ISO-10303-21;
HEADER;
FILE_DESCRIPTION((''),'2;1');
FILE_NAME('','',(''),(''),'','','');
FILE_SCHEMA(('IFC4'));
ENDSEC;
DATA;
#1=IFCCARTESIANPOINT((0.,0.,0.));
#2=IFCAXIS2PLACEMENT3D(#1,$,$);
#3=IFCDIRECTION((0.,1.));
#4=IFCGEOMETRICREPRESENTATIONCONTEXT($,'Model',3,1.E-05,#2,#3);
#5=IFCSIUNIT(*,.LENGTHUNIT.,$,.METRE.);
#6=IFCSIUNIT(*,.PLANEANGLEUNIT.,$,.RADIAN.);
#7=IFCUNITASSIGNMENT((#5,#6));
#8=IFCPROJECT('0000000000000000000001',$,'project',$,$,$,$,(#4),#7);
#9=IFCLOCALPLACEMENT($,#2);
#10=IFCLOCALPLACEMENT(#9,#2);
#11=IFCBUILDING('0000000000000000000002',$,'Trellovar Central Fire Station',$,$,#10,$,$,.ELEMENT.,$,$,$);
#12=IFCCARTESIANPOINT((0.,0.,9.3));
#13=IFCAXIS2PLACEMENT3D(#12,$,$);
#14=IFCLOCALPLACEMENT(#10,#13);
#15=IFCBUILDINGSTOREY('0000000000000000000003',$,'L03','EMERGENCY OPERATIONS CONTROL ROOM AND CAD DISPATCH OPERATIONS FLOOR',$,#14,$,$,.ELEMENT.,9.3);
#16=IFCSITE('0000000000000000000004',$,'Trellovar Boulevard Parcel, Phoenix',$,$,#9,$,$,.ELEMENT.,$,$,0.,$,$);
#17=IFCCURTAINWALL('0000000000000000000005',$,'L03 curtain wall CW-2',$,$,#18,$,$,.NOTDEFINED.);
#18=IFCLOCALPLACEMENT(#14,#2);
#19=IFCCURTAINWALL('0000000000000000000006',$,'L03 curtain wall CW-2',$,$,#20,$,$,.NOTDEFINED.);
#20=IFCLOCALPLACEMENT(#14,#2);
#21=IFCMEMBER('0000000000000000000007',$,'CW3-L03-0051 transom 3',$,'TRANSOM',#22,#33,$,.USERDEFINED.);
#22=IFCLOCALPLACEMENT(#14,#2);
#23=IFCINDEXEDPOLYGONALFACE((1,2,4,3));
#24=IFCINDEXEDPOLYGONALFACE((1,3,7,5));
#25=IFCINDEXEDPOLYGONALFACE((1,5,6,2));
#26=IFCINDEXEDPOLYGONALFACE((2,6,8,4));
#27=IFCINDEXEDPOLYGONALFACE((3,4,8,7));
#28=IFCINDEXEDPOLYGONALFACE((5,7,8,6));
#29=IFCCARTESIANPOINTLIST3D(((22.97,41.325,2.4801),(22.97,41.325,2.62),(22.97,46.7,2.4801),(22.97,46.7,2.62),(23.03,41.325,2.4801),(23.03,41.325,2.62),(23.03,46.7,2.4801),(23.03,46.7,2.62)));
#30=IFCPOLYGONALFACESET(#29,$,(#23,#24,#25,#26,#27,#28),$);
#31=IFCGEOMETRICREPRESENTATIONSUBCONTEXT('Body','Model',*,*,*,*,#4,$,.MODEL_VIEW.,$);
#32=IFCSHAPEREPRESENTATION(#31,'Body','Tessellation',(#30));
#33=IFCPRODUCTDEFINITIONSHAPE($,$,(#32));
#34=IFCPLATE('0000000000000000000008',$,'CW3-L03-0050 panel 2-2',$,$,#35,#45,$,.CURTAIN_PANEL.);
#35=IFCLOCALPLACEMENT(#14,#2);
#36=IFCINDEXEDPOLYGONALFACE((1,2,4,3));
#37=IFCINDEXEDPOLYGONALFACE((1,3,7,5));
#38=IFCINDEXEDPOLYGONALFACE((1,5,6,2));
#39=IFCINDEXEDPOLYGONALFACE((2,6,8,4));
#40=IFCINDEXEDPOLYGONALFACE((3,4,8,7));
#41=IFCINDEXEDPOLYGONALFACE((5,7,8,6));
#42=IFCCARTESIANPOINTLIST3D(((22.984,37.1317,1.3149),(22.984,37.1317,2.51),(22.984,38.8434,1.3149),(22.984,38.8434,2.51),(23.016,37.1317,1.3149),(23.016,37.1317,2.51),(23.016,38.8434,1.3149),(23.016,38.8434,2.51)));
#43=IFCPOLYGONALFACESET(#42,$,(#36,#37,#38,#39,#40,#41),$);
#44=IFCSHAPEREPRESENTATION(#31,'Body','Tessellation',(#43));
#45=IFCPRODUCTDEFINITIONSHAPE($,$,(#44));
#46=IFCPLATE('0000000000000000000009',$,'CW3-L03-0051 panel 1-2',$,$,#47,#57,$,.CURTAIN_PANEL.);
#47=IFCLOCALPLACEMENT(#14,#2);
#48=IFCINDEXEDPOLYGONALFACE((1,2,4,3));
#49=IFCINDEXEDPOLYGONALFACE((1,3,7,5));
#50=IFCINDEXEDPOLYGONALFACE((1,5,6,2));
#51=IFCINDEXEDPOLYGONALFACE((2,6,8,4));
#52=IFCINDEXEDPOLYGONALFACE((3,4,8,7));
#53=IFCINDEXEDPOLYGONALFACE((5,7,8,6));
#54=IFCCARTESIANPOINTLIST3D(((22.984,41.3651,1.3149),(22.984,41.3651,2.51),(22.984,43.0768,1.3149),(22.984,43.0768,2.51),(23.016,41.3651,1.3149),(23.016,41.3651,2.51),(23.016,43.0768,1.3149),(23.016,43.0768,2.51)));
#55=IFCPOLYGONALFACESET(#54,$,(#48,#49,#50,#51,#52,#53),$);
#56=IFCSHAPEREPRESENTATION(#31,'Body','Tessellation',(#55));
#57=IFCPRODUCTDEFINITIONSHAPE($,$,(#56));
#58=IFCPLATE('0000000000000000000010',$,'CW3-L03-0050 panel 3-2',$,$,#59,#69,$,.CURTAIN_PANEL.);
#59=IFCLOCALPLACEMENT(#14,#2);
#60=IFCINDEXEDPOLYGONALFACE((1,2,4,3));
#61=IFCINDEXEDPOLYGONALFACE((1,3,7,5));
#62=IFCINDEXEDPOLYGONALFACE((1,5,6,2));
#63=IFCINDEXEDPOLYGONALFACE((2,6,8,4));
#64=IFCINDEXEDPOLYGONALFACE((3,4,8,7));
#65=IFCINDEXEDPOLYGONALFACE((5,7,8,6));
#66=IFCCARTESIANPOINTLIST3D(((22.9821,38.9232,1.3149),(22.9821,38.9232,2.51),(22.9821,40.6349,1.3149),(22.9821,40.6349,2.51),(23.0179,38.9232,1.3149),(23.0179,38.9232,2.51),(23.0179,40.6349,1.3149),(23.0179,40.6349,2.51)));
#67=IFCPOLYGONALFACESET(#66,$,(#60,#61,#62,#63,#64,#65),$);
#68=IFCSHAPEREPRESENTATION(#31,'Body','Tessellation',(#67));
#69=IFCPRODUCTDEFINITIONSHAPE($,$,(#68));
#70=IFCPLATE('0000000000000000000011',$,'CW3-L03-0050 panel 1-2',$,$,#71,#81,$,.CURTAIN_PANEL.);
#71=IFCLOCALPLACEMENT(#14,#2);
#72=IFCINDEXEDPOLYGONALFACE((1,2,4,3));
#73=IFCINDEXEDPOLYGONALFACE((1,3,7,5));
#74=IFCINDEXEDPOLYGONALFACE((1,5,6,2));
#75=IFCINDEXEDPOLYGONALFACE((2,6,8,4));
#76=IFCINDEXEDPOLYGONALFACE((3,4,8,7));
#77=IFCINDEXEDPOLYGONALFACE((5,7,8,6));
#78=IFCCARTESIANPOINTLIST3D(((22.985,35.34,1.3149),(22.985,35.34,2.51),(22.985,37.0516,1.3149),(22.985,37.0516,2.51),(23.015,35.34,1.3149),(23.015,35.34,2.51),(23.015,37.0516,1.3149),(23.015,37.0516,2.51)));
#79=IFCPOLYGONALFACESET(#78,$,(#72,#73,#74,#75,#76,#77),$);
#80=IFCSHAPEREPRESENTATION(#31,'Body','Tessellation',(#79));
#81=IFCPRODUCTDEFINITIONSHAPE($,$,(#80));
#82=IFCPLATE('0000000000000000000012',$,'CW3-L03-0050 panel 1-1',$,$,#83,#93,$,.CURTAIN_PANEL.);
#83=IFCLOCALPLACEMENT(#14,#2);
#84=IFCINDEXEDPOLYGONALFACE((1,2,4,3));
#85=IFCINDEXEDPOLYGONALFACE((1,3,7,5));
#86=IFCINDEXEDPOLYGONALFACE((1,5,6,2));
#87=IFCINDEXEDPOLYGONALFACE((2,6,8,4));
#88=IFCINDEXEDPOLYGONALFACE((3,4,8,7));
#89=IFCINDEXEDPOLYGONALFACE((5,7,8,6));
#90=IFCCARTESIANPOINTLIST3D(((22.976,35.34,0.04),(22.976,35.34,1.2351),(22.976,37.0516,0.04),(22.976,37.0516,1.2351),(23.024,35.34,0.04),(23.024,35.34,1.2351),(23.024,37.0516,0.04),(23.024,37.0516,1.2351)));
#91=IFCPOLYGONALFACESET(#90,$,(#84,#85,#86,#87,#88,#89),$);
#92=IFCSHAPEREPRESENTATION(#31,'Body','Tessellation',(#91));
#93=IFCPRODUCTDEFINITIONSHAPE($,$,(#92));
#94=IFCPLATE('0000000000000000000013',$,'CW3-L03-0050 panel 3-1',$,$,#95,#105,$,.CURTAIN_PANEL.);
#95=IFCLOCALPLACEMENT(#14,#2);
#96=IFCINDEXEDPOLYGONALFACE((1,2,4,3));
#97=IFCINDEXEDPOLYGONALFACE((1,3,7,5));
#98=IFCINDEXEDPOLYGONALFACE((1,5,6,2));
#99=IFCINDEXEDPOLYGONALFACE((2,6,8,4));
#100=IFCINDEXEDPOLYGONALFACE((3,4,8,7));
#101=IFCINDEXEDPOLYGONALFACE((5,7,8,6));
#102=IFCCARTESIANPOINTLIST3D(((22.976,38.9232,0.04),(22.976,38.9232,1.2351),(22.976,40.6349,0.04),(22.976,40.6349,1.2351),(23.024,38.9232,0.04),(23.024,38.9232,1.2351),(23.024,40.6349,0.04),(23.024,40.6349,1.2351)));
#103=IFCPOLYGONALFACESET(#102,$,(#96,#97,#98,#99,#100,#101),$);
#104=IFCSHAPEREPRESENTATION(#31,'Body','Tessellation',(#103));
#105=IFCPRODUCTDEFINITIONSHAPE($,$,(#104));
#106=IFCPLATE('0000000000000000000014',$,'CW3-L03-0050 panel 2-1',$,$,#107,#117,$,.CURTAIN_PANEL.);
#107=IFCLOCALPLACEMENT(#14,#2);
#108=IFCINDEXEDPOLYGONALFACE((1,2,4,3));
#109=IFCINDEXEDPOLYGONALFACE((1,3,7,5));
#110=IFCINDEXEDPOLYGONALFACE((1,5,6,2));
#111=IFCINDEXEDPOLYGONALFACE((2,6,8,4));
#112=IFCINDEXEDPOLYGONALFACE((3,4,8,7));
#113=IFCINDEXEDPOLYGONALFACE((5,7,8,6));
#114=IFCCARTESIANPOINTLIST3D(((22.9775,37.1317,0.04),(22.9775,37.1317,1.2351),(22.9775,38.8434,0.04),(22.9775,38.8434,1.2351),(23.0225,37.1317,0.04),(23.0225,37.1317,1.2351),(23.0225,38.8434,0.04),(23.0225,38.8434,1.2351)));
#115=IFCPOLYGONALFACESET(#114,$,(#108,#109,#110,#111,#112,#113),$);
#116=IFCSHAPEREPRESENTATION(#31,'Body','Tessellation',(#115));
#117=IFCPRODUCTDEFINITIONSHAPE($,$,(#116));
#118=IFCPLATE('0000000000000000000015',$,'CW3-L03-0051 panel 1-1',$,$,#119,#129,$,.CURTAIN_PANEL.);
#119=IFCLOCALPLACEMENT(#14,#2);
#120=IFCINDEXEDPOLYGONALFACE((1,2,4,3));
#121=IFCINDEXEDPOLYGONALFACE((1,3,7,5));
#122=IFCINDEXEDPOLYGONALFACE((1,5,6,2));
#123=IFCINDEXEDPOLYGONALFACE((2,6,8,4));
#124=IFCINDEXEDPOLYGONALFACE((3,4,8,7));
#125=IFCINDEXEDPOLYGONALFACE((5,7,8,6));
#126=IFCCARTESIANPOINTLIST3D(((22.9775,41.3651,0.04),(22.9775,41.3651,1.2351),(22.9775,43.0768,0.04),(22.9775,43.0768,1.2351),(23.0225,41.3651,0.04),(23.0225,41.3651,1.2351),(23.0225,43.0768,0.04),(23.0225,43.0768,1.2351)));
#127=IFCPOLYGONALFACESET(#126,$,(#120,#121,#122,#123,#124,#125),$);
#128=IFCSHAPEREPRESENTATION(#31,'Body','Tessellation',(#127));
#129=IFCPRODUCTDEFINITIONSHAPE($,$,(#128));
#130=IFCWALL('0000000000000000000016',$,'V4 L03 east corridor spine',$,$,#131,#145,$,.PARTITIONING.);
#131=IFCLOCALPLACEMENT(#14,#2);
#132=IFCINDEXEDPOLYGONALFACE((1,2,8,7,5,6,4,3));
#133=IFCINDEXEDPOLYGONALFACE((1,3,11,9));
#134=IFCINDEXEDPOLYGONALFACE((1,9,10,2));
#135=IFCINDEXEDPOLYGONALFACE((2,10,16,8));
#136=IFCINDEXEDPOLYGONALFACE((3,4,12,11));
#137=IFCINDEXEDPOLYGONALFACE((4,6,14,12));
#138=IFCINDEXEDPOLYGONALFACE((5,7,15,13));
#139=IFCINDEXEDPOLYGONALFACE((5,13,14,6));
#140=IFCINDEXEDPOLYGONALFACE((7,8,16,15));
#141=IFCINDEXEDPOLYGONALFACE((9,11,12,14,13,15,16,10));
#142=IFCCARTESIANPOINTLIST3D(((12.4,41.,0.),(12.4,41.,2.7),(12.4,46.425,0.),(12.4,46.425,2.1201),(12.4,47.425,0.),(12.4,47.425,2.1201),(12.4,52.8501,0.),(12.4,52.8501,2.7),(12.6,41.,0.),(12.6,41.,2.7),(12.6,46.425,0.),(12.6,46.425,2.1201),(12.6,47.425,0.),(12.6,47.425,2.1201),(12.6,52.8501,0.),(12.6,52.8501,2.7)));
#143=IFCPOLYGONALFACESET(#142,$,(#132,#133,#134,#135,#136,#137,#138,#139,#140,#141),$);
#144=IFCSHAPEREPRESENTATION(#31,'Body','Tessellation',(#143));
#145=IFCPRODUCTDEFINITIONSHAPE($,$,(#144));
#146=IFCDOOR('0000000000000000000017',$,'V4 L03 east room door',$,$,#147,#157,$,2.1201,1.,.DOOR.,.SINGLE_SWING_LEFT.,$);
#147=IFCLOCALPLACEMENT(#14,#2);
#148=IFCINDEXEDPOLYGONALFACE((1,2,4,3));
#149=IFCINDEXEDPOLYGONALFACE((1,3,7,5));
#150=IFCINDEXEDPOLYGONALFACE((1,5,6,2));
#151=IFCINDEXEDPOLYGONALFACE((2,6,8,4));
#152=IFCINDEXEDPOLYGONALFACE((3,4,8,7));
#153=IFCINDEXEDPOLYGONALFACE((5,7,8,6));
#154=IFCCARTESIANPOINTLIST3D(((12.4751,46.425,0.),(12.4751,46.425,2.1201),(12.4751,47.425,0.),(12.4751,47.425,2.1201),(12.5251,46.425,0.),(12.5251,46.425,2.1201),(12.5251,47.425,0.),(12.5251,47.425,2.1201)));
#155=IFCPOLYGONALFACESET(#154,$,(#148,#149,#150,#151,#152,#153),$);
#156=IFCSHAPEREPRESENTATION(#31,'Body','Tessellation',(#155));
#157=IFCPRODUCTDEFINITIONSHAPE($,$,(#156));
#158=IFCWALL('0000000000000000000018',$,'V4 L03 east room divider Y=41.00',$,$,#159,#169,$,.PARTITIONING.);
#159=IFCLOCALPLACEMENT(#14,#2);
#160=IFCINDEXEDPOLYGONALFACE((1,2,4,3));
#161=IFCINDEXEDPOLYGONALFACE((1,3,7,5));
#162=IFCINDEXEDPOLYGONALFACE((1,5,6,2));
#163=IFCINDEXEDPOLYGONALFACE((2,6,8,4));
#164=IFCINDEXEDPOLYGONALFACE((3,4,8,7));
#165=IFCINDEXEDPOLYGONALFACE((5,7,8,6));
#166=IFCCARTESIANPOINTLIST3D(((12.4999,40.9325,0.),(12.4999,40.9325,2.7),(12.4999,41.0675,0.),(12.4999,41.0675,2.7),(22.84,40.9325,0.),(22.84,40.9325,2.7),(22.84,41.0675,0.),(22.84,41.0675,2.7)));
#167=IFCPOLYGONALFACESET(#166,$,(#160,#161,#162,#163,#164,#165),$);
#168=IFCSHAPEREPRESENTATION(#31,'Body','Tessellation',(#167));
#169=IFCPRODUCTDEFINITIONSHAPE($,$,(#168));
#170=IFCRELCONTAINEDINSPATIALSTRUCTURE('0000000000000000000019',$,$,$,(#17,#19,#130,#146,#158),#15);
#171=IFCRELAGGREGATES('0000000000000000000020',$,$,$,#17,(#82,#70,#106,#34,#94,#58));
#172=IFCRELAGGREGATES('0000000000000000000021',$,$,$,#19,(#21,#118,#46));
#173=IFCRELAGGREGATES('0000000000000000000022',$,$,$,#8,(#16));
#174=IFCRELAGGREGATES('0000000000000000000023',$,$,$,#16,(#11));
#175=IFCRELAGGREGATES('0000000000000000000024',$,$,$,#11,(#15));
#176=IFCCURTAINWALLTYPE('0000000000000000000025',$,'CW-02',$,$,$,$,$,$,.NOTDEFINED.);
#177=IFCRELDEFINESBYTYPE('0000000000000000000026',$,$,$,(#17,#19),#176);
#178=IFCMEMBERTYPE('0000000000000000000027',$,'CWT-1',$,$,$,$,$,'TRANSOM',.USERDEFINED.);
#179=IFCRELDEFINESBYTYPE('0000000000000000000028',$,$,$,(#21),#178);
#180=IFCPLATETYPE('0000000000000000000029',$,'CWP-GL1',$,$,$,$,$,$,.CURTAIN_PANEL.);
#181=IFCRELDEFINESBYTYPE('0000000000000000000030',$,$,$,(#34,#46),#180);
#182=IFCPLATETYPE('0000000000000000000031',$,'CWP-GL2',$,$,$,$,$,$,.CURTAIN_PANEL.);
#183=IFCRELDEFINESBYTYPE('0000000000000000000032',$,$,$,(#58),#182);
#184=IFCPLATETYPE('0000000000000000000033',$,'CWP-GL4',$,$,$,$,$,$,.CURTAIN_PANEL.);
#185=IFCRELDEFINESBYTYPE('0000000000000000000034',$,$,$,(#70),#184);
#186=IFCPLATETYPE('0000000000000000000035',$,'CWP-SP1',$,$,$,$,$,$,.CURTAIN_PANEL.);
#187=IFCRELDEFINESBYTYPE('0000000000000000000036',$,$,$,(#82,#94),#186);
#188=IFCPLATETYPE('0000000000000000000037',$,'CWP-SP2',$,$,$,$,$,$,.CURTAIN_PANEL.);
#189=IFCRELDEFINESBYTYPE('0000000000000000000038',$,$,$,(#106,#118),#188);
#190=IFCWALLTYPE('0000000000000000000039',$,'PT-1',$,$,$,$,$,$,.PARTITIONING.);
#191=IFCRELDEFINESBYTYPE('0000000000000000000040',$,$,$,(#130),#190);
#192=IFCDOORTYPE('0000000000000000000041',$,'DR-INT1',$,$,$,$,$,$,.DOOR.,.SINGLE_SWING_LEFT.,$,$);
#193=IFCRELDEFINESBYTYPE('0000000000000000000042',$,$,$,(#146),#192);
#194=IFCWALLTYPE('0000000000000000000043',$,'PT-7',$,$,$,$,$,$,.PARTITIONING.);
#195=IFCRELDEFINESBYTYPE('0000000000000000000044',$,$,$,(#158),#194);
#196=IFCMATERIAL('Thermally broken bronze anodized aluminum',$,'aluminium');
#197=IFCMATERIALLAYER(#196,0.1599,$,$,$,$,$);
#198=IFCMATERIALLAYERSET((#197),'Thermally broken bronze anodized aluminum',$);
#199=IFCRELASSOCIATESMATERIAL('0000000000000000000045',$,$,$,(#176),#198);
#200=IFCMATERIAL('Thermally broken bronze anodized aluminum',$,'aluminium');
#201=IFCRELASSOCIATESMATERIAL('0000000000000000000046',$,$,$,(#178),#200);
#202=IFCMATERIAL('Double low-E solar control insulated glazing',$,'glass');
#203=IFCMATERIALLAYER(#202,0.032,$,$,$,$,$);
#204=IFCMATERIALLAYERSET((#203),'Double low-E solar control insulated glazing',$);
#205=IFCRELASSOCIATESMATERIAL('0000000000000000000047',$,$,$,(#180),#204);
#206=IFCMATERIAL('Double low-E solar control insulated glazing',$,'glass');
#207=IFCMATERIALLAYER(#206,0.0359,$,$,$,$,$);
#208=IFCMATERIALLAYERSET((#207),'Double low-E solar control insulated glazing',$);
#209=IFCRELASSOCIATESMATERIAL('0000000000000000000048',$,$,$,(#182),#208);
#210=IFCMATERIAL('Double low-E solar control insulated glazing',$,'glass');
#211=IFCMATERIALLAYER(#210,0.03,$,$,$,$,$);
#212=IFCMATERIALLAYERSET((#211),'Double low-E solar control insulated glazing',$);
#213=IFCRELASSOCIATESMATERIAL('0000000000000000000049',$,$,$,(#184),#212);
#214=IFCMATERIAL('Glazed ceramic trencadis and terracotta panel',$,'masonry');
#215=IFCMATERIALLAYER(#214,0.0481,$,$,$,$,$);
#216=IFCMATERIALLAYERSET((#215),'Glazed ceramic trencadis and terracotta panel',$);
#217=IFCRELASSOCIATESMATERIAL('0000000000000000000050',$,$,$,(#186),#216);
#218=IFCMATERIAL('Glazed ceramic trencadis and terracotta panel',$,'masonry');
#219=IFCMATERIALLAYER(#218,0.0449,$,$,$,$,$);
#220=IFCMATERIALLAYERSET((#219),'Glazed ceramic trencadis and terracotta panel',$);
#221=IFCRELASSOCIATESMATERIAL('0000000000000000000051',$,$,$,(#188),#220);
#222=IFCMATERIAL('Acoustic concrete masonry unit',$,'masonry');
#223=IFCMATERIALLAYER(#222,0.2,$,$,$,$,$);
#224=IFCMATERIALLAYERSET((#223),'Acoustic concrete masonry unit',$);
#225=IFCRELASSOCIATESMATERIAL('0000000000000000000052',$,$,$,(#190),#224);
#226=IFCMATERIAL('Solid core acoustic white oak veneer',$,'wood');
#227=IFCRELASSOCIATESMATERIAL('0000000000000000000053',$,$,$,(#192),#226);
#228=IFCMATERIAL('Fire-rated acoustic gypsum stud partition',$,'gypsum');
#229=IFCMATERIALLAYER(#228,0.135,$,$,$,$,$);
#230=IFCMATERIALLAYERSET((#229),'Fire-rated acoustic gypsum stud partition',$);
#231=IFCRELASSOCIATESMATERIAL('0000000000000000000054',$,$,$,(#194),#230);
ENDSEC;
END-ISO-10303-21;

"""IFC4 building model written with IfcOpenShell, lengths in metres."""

from ifc_helpers import new_model, si_unit, direction, frame, frame_2d, origin, origin_2d, place, context, subcontext, project, spatial, rectangle, extrude, material, layer, layer_set, material_profile, profile_set, type_object, element, fill, aggregate, save


model = new_model("IFC4")

# Units and contexts
model_context = context("Model", 3, precision=1e-05, world=origin(), true_north=direction((0.0, 1.0)))
body_context = subcontext(model_context, "Body", "Model", "MODEL_VIEW")
ifc_project = project(units=[si_unit("LENGTHUNIT", "METRE"), si_unit("PLANEANGLEUNIT", "RADIAN")], contexts=[model_context])

# Site, building, storey
site_placement = place(None, origin())
site = spatial("IfcSite", under=ifc_project, at=site_placement, Name="Trellovar Boulevard Parcel, Phoenix", CompositionType="ELEMENT", RefElevation=0.0)
building_placement = place(site_placement, origin())
building = spatial("IfcBuilding", under=site, at=building_placement, Name="Trellovar Central Fire Station", CompositionType="ELEMENT")
storey_placement = place(building_placement, frame((0.0, 0.0, 9.3)))
storey = spatial("IfcBuildingStorey", under=building, at=storey_placement, Name="L03", Description="EMERGENCY OPERATIONS CONTROL ROOM AND CAD DISPATCH OPERATIONS FLOOR", CompositionType="ELEMENT", Elevation=9.3)

# Curtain walls
ifc_material_1 = material(Name="Thermally broken bronze anodized aluminum", Category="aluminium")
ifc_layer_1 = layer(ifc_material_1, 0.1599)
ifc_layer_set_1 = layer_set([ifc_layer_1], Name="Thermally broken bronze anodized aluminum")
curtain_wall_type = type_object("IfcCurtainWallType", Name="CW-02", PredefinedType="NOTDEFINED", material=ifc_layer_set_1)
curtain_wall_1_placement = place(storey_placement, origin())
curtain_wall_1 = element("IfcCurtainWall", 1, at=curtain_wall_1_placement, inside=storey, type_object=curtain_wall_type, Name="L03 curtain wall CW-2", PredefinedType="NOTDEFINED")
curtain_wall_2_placement = place(storey_placement, origin())
curtain_wall_2 = element("IfcCurtainWall", 2, at=curtain_wall_2_placement, inside=storey, type_object=curtain_wall_type, Name="L03 curtain wall CW-2", PredefinedType="NOTDEFINED")

# Member
ifc_material_2 = material(Name="Thermally broken bronze anodized aluminum", Category="aluminium")
ifc_material_profile_1 = material_profile(ifc_material_2, rectangle(XDim=0.0601, YDim=0.1399, at=origin_2d()), Name="ALU60X140")
ifc_profile_set_1 = profile_set([ifc_material_profile_1], Name="Thermally broken bronze anodized aluminum")
member_type_1 = type_object("IfcMemberType", Name="CWT-1", ElementType="TRANSOM", PredefinedType="USERDEFINED", material=ifc_profile_set_1)
member_1_placement = place(storey_placement, frame((23.0, 41.325, 2.55), z_axis=(0.0, 1.0, 0.0), x_axis=(-1.0, 0.0, 0.0)))
member_1 = element("IfcMember", 3, at=member_1_placement, type_object=member_type_1, Name="CW3-L03-0051 transom 3", ObjectType="TRANSOM", PredefinedType="USERDEFINED", context=body_context, shape_type="SweptSolid", body=[
    extrude(rectangle(XDim=0.0601, YDim=0.1399, at=origin_2d()), origin(), (0.0, 0.0, 1.0), 5.375),
])

# Plates
ifc_material_3 = material(Name="Double low-E solar control insulated glazing", Category="glass")
ifc_layer_2 = layer(ifc_material_3, 0.032)
ifc_layer_set_2 = layer_set([ifc_layer_2], Name="Double low-E solar control insulated glazing")
plate_type_1 = type_object("IfcPlateType", Name="CWP-GL1", PredefinedType="CURTAIN_PANEL", material=ifc_layer_set_2)
plate_1_placement = place(storey_placement, frame((23.0, 37.9875, 1.3149), z_axis=(0.0, 0.0, 1.0), x_axis=(0.0, 1.0, 0.0)))
plate_1 = element("IfcPlate", 4, at=plate_1_placement, type_object=plate_type_1, Name="CW3-L03-0050 panel 2-2", PredefinedType="CURTAIN_PANEL", context=body_context, shape_type="SweptSolid", body=[
    extrude(rectangle(XDim=1.7117, YDim=0.032, at=origin_2d()), origin(), (0.0, 0.0, 1.0), 1.1951),
])
plate_2_placement = place(storey_placement, frame((23.0, 42.2209, 1.3149), z_axis=(0.0, 0.0, 1.0), x_axis=(0.0, 1.0, 0.0)))
plate_2 = element("IfcPlate", 5, at=plate_2_placement, type_object=plate_type_1, Name="CW3-L03-0051 panel 1-2", PredefinedType="CURTAIN_PANEL", context=body_context, shape_type="SweptSolid", body=[
    extrude(rectangle(XDim=1.7117, YDim=0.032, at=origin_2d()), origin(), (0.0, 0.0, 1.0), 1.1951),
])
ifc_material_4 = material(Name="Double low-E solar control insulated glazing", Category="glass")
ifc_layer_3 = layer(ifc_material_4, 0.0359)
ifc_layer_set_3 = layer_set([ifc_layer_3], Name="Double low-E solar control insulated glazing")
plate_type_2 = type_object("IfcPlateType", Name="CWP-GL2", PredefinedType="CURTAIN_PANEL", material=ifc_layer_set_3)
plate_3_placement = place(storey_placement, frame((23.0, 39.7791, 1.3149), z_axis=(0.0, 0.0, 1.0), x_axis=(0.0, 1.0, 0.0)))
plate_3 = element("IfcPlate", 6, at=plate_3_placement, type_object=plate_type_2, Name="CW3-L03-0050 panel 3-2", PredefinedType="CURTAIN_PANEL", context=body_context, shape_type="SweptSolid", body=[
    extrude(rectangle(XDim=1.7117, YDim=0.0359, at=origin_2d()), origin(), (0.0, 0.0, 1.0), 1.1951),
])
ifc_material_5 = material(Name="Double low-E solar control insulated glazing", Category="glass")
ifc_layer_4 = layer(ifc_material_5, 0.03)
ifc_layer_set_4 = layer_set([ifc_layer_4], Name="Double low-E solar control insulated glazing")
plate_type_3 = type_object("IfcPlateType", Name="CWP-GL4", PredefinedType="CURTAIN_PANEL", material=ifc_layer_set_4)
plate_4_placement = place(storey_placement, frame((23.0, 36.1958, 1.3149), z_axis=(0.0, 0.0, 1.0), x_axis=(0.0, 1.0, 0.0)))
plate_4 = element("IfcPlate", 7, at=plate_4_placement, type_object=plate_type_3, Name="CW3-L03-0050 panel 1-2", PredefinedType="CURTAIN_PANEL", context=body_context, shape_type="SweptSolid", body=[
    extrude(rectangle(XDim=1.7117, YDim=0.03, at=origin_2d()), origin(), (0.0, 0.0, 1.0), 1.1951),
])
ifc_material_6 = material(Name="Glazed ceramic trencadis and terracotta panel", Category="masonry")
ifc_layer_5 = layer(ifc_material_6, 0.0481)
ifc_layer_set_5 = layer_set([ifc_layer_5], Name="Glazed ceramic trencadis and terracotta panel")
plate_type_4 = type_object("IfcPlateType", Name="CWP-SP1", PredefinedType="CURTAIN_PANEL", material=ifc_layer_set_5)
plate_5_placement = place(storey_placement, frame((23.0, 36.1958, 0.04), z_axis=(0.0, 0.0, 1.0), x_axis=(0.0, 1.0, 0.0)))
plate_5 = element("IfcPlate", 8, at=plate_5_placement, type_object=plate_type_4, Name="CW3-L03-0050 panel 1-1", PredefinedType="CURTAIN_PANEL", context=body_context, shape_type="SweptSolid", body=[
    extrude(rectangle(XDim=1.7117, YDim=0.0481, at=origin_2d()), origin(), (0.0, 0.0, 1.0), 1.1951),
])
plate_6_placement = place(storey_placement, frame((23.0, 39.7791, 0.04), z_axis=(0.0, 0.0, 1.0), x_axis=(0.0, 1.0, 0.0)))
plate_6 = element("IfcPlate", 9, at=plate_6_placement, type_object=plate_type_4, Name="CW3-L03-0050 panel 3-1", PredefinedType="CURTAIN_PANEL", context=body_context, shape_type="SweptSolid", body=[
    extrude(rectangle(XDim=1.7117, YDim=0.0481, at=origin_2d()), origin(), (0.0, 0.0, 1.0), 1.1951),
])
ifc_material_7 = material(Name="Glazed ceramic trencadis and terracotta panel", Category="masonry")
ifc_layer_6 = layer(ifc_material_7, 0.0449)
ifc_layer_set_6 = layer_set([ifc_layer_6], Name="Glazed ceramic trencadis and terracotta panel")
plate_type_5 = type_object("IfcPlateType", Name="CWP-SP2", PredefinedType="CURTAIN_PANEL", material=ifc_layer_set_6)
plate_7_placement = place(storey_placement, frame((23.0, 37.9875, 0.04), z_axis=(0.0, 0.0, 1.0), x_axis=(0.0, 1.0, 0.0)))
plate_7 = element("IfcPlate", 10, at=plate_7_placement, type_object=plate_type_5, Name="CW3-L03-0050 panel 2-1", PredefinedType="CURTAIN_PANEL", context=body_context, shape_type="SweptSolid", body=[
    extrude(rectangle(XDim=1.7117, YDim=0.0449, at=origin_2d()), origin(), (0.0, 0.0, 1.0), 1.1951),
])
aggregate(curtain_wall_1, [plate_5, plate_4, plate_7, plate_1, plate_6, plate_3])
plate_8_placement = place(storey_placement, frame((23.0, 42.2209, 0.04), z_axis=(0.0, 0.0, 1.0), x_axis=(0.0, 1.0, 0.0)))
plate_8 = element("IfcPlate", 11, at=plate_8_placement, type_object=plate_type_5, Name="CW3-L03-0051 panel 1-1", PredefinedType="CURTAIN_PANEL", context=body_context, shape_type="SweptSolid", body=[
    extrude(rectangle(XDim=1.7117, YDim=0.0449, at=origin_2d()), origin(), (0.0, 0.0, 1.0), 1.1951),
])
aggregate(curtain_wall_2, [member_1, plate_8, plate_2])

# Wall, opening, door
ifc_material_8 = material(Name="Acoustic concrete masonry unit", Category="masonry")
ifc_layer_7 = layer(ifc_material_8, 0.2)
ifc_layer_set_7 = layer_set([ifc_layer_7], Name="Acoustic concrete masonry unit")
wall_type_1 = type_object("IfcWallType", Name="PT-1", PredefinedType="PARTITIONING", material=ifc_layer_set_7)
wall_1_placement = place(storey_placement, frame((12.5, 41.0, 0.0), z_axis=(0.0, 0.0, 1.0), x_axis=(0.0, 1.0, 0.0)))
wall_1 = element("IfcWall", 12, at=wall_1_placement, inside=storey, type_object=wall_type_1, Name="V4 L03 east corridor spine", PredefinedType="PARTITIONING", context=body_context, shape_type="SweptSolid", body=[
    extrude(rectangle(XDim=11.8501, YDim=0.2, at=frame_2d((5.925, 0.0))), origin(), (0.0, 0.0, 1.0), 2.7),
])
opening_placement = place(wall_1_placement, frame((5.425, 0.0, 0.0)))
opening = element("IfcOpeningElement", 13, at=opening_placement, cuts=wall_1, PredefinedType="OPENING", context=body_context, shape_type="SweptSolid", body=[
    extrude(rectangle(XDim=1.0, YDim=2.1201, at=frame_2d((0.5, 1.0601))), frame((0.0, 0.1099, 0.0), z_axis=(0.0, -1.0, 0.0), x_axis=(1.0, 0.0, 0.0)), (0.0, 0.0, 1.0), 0.22),
])
ifc_material_9 = material(Name="Solid core acoustic white oak veneer", Category="wood")
door_type = type_object("IfcDoorType", Name="DR-INT1", OperationType="SINGLE_SWING_LEFT", PredefinedType="DOOR", material=ifc_material_9)
door_placement = place(opening_placement, origin())
door = element("IfcDoor", 14, at=door_placement, inside=storey, type_object=door_type, Name="V4 L03 east room door", OperationType="SINGLE_SWING_LEFT", OverallHeight=2.1201, OverallWidth=1.0, PredefinedType="DOOR", context=body_context, shape_type="SweptSolid", body=[
    extrude(rectangle(XDim=1.0, YDim=2.1201, at=frame_2d((0.5, 1.0601))), frame((0.0, 0.0249, 0.0), z_axis=(0.0, -1.0, 0.0), x_axis=(1.0, 0.0, 0.0)), (0.0, 0.0, 1.0), 0.05),
])
fill(opening, door)

# Wall
ifc_material_10 = material(Name="Fire-rated acoustic gypsum stud partition", Category="gypsum")
ifc_layer_8 = layer(ifc_material_10, 0.135)
ifc_layer_set_8 = layer_set([ifc_layer_8], Name="Fire-rated acoustic gypsum stud partition")
wall_type_2 = type_object("IfcWallType", Name="PT-7", PredefinedType="PARTITIONING", material=ifc_layer_set_8)
wall_2_placement = place(storey_placement, frame((12.5, 41.0, 0.0), z_axis=(0.0, 0.0, 1.0), x_axis=(1.0, 0.0, 0.0)))
element("IfcWall", 15, at=wall_2_placement, inside=storey, type_object=wall_type_2, Name="V4 L03 east room divider Y=41.00", PredefinedType="PARTITIONING", context=body_context, shape_type="SweptSolid", body=[
    extrude(rectangle(XDim=10.3401, YDim=0.135, at=frame_2d((5.1699, 0.0))), origin(), (0.0, 0.0, 1.0), 2.7),
])

save(model, "model.ifc")
